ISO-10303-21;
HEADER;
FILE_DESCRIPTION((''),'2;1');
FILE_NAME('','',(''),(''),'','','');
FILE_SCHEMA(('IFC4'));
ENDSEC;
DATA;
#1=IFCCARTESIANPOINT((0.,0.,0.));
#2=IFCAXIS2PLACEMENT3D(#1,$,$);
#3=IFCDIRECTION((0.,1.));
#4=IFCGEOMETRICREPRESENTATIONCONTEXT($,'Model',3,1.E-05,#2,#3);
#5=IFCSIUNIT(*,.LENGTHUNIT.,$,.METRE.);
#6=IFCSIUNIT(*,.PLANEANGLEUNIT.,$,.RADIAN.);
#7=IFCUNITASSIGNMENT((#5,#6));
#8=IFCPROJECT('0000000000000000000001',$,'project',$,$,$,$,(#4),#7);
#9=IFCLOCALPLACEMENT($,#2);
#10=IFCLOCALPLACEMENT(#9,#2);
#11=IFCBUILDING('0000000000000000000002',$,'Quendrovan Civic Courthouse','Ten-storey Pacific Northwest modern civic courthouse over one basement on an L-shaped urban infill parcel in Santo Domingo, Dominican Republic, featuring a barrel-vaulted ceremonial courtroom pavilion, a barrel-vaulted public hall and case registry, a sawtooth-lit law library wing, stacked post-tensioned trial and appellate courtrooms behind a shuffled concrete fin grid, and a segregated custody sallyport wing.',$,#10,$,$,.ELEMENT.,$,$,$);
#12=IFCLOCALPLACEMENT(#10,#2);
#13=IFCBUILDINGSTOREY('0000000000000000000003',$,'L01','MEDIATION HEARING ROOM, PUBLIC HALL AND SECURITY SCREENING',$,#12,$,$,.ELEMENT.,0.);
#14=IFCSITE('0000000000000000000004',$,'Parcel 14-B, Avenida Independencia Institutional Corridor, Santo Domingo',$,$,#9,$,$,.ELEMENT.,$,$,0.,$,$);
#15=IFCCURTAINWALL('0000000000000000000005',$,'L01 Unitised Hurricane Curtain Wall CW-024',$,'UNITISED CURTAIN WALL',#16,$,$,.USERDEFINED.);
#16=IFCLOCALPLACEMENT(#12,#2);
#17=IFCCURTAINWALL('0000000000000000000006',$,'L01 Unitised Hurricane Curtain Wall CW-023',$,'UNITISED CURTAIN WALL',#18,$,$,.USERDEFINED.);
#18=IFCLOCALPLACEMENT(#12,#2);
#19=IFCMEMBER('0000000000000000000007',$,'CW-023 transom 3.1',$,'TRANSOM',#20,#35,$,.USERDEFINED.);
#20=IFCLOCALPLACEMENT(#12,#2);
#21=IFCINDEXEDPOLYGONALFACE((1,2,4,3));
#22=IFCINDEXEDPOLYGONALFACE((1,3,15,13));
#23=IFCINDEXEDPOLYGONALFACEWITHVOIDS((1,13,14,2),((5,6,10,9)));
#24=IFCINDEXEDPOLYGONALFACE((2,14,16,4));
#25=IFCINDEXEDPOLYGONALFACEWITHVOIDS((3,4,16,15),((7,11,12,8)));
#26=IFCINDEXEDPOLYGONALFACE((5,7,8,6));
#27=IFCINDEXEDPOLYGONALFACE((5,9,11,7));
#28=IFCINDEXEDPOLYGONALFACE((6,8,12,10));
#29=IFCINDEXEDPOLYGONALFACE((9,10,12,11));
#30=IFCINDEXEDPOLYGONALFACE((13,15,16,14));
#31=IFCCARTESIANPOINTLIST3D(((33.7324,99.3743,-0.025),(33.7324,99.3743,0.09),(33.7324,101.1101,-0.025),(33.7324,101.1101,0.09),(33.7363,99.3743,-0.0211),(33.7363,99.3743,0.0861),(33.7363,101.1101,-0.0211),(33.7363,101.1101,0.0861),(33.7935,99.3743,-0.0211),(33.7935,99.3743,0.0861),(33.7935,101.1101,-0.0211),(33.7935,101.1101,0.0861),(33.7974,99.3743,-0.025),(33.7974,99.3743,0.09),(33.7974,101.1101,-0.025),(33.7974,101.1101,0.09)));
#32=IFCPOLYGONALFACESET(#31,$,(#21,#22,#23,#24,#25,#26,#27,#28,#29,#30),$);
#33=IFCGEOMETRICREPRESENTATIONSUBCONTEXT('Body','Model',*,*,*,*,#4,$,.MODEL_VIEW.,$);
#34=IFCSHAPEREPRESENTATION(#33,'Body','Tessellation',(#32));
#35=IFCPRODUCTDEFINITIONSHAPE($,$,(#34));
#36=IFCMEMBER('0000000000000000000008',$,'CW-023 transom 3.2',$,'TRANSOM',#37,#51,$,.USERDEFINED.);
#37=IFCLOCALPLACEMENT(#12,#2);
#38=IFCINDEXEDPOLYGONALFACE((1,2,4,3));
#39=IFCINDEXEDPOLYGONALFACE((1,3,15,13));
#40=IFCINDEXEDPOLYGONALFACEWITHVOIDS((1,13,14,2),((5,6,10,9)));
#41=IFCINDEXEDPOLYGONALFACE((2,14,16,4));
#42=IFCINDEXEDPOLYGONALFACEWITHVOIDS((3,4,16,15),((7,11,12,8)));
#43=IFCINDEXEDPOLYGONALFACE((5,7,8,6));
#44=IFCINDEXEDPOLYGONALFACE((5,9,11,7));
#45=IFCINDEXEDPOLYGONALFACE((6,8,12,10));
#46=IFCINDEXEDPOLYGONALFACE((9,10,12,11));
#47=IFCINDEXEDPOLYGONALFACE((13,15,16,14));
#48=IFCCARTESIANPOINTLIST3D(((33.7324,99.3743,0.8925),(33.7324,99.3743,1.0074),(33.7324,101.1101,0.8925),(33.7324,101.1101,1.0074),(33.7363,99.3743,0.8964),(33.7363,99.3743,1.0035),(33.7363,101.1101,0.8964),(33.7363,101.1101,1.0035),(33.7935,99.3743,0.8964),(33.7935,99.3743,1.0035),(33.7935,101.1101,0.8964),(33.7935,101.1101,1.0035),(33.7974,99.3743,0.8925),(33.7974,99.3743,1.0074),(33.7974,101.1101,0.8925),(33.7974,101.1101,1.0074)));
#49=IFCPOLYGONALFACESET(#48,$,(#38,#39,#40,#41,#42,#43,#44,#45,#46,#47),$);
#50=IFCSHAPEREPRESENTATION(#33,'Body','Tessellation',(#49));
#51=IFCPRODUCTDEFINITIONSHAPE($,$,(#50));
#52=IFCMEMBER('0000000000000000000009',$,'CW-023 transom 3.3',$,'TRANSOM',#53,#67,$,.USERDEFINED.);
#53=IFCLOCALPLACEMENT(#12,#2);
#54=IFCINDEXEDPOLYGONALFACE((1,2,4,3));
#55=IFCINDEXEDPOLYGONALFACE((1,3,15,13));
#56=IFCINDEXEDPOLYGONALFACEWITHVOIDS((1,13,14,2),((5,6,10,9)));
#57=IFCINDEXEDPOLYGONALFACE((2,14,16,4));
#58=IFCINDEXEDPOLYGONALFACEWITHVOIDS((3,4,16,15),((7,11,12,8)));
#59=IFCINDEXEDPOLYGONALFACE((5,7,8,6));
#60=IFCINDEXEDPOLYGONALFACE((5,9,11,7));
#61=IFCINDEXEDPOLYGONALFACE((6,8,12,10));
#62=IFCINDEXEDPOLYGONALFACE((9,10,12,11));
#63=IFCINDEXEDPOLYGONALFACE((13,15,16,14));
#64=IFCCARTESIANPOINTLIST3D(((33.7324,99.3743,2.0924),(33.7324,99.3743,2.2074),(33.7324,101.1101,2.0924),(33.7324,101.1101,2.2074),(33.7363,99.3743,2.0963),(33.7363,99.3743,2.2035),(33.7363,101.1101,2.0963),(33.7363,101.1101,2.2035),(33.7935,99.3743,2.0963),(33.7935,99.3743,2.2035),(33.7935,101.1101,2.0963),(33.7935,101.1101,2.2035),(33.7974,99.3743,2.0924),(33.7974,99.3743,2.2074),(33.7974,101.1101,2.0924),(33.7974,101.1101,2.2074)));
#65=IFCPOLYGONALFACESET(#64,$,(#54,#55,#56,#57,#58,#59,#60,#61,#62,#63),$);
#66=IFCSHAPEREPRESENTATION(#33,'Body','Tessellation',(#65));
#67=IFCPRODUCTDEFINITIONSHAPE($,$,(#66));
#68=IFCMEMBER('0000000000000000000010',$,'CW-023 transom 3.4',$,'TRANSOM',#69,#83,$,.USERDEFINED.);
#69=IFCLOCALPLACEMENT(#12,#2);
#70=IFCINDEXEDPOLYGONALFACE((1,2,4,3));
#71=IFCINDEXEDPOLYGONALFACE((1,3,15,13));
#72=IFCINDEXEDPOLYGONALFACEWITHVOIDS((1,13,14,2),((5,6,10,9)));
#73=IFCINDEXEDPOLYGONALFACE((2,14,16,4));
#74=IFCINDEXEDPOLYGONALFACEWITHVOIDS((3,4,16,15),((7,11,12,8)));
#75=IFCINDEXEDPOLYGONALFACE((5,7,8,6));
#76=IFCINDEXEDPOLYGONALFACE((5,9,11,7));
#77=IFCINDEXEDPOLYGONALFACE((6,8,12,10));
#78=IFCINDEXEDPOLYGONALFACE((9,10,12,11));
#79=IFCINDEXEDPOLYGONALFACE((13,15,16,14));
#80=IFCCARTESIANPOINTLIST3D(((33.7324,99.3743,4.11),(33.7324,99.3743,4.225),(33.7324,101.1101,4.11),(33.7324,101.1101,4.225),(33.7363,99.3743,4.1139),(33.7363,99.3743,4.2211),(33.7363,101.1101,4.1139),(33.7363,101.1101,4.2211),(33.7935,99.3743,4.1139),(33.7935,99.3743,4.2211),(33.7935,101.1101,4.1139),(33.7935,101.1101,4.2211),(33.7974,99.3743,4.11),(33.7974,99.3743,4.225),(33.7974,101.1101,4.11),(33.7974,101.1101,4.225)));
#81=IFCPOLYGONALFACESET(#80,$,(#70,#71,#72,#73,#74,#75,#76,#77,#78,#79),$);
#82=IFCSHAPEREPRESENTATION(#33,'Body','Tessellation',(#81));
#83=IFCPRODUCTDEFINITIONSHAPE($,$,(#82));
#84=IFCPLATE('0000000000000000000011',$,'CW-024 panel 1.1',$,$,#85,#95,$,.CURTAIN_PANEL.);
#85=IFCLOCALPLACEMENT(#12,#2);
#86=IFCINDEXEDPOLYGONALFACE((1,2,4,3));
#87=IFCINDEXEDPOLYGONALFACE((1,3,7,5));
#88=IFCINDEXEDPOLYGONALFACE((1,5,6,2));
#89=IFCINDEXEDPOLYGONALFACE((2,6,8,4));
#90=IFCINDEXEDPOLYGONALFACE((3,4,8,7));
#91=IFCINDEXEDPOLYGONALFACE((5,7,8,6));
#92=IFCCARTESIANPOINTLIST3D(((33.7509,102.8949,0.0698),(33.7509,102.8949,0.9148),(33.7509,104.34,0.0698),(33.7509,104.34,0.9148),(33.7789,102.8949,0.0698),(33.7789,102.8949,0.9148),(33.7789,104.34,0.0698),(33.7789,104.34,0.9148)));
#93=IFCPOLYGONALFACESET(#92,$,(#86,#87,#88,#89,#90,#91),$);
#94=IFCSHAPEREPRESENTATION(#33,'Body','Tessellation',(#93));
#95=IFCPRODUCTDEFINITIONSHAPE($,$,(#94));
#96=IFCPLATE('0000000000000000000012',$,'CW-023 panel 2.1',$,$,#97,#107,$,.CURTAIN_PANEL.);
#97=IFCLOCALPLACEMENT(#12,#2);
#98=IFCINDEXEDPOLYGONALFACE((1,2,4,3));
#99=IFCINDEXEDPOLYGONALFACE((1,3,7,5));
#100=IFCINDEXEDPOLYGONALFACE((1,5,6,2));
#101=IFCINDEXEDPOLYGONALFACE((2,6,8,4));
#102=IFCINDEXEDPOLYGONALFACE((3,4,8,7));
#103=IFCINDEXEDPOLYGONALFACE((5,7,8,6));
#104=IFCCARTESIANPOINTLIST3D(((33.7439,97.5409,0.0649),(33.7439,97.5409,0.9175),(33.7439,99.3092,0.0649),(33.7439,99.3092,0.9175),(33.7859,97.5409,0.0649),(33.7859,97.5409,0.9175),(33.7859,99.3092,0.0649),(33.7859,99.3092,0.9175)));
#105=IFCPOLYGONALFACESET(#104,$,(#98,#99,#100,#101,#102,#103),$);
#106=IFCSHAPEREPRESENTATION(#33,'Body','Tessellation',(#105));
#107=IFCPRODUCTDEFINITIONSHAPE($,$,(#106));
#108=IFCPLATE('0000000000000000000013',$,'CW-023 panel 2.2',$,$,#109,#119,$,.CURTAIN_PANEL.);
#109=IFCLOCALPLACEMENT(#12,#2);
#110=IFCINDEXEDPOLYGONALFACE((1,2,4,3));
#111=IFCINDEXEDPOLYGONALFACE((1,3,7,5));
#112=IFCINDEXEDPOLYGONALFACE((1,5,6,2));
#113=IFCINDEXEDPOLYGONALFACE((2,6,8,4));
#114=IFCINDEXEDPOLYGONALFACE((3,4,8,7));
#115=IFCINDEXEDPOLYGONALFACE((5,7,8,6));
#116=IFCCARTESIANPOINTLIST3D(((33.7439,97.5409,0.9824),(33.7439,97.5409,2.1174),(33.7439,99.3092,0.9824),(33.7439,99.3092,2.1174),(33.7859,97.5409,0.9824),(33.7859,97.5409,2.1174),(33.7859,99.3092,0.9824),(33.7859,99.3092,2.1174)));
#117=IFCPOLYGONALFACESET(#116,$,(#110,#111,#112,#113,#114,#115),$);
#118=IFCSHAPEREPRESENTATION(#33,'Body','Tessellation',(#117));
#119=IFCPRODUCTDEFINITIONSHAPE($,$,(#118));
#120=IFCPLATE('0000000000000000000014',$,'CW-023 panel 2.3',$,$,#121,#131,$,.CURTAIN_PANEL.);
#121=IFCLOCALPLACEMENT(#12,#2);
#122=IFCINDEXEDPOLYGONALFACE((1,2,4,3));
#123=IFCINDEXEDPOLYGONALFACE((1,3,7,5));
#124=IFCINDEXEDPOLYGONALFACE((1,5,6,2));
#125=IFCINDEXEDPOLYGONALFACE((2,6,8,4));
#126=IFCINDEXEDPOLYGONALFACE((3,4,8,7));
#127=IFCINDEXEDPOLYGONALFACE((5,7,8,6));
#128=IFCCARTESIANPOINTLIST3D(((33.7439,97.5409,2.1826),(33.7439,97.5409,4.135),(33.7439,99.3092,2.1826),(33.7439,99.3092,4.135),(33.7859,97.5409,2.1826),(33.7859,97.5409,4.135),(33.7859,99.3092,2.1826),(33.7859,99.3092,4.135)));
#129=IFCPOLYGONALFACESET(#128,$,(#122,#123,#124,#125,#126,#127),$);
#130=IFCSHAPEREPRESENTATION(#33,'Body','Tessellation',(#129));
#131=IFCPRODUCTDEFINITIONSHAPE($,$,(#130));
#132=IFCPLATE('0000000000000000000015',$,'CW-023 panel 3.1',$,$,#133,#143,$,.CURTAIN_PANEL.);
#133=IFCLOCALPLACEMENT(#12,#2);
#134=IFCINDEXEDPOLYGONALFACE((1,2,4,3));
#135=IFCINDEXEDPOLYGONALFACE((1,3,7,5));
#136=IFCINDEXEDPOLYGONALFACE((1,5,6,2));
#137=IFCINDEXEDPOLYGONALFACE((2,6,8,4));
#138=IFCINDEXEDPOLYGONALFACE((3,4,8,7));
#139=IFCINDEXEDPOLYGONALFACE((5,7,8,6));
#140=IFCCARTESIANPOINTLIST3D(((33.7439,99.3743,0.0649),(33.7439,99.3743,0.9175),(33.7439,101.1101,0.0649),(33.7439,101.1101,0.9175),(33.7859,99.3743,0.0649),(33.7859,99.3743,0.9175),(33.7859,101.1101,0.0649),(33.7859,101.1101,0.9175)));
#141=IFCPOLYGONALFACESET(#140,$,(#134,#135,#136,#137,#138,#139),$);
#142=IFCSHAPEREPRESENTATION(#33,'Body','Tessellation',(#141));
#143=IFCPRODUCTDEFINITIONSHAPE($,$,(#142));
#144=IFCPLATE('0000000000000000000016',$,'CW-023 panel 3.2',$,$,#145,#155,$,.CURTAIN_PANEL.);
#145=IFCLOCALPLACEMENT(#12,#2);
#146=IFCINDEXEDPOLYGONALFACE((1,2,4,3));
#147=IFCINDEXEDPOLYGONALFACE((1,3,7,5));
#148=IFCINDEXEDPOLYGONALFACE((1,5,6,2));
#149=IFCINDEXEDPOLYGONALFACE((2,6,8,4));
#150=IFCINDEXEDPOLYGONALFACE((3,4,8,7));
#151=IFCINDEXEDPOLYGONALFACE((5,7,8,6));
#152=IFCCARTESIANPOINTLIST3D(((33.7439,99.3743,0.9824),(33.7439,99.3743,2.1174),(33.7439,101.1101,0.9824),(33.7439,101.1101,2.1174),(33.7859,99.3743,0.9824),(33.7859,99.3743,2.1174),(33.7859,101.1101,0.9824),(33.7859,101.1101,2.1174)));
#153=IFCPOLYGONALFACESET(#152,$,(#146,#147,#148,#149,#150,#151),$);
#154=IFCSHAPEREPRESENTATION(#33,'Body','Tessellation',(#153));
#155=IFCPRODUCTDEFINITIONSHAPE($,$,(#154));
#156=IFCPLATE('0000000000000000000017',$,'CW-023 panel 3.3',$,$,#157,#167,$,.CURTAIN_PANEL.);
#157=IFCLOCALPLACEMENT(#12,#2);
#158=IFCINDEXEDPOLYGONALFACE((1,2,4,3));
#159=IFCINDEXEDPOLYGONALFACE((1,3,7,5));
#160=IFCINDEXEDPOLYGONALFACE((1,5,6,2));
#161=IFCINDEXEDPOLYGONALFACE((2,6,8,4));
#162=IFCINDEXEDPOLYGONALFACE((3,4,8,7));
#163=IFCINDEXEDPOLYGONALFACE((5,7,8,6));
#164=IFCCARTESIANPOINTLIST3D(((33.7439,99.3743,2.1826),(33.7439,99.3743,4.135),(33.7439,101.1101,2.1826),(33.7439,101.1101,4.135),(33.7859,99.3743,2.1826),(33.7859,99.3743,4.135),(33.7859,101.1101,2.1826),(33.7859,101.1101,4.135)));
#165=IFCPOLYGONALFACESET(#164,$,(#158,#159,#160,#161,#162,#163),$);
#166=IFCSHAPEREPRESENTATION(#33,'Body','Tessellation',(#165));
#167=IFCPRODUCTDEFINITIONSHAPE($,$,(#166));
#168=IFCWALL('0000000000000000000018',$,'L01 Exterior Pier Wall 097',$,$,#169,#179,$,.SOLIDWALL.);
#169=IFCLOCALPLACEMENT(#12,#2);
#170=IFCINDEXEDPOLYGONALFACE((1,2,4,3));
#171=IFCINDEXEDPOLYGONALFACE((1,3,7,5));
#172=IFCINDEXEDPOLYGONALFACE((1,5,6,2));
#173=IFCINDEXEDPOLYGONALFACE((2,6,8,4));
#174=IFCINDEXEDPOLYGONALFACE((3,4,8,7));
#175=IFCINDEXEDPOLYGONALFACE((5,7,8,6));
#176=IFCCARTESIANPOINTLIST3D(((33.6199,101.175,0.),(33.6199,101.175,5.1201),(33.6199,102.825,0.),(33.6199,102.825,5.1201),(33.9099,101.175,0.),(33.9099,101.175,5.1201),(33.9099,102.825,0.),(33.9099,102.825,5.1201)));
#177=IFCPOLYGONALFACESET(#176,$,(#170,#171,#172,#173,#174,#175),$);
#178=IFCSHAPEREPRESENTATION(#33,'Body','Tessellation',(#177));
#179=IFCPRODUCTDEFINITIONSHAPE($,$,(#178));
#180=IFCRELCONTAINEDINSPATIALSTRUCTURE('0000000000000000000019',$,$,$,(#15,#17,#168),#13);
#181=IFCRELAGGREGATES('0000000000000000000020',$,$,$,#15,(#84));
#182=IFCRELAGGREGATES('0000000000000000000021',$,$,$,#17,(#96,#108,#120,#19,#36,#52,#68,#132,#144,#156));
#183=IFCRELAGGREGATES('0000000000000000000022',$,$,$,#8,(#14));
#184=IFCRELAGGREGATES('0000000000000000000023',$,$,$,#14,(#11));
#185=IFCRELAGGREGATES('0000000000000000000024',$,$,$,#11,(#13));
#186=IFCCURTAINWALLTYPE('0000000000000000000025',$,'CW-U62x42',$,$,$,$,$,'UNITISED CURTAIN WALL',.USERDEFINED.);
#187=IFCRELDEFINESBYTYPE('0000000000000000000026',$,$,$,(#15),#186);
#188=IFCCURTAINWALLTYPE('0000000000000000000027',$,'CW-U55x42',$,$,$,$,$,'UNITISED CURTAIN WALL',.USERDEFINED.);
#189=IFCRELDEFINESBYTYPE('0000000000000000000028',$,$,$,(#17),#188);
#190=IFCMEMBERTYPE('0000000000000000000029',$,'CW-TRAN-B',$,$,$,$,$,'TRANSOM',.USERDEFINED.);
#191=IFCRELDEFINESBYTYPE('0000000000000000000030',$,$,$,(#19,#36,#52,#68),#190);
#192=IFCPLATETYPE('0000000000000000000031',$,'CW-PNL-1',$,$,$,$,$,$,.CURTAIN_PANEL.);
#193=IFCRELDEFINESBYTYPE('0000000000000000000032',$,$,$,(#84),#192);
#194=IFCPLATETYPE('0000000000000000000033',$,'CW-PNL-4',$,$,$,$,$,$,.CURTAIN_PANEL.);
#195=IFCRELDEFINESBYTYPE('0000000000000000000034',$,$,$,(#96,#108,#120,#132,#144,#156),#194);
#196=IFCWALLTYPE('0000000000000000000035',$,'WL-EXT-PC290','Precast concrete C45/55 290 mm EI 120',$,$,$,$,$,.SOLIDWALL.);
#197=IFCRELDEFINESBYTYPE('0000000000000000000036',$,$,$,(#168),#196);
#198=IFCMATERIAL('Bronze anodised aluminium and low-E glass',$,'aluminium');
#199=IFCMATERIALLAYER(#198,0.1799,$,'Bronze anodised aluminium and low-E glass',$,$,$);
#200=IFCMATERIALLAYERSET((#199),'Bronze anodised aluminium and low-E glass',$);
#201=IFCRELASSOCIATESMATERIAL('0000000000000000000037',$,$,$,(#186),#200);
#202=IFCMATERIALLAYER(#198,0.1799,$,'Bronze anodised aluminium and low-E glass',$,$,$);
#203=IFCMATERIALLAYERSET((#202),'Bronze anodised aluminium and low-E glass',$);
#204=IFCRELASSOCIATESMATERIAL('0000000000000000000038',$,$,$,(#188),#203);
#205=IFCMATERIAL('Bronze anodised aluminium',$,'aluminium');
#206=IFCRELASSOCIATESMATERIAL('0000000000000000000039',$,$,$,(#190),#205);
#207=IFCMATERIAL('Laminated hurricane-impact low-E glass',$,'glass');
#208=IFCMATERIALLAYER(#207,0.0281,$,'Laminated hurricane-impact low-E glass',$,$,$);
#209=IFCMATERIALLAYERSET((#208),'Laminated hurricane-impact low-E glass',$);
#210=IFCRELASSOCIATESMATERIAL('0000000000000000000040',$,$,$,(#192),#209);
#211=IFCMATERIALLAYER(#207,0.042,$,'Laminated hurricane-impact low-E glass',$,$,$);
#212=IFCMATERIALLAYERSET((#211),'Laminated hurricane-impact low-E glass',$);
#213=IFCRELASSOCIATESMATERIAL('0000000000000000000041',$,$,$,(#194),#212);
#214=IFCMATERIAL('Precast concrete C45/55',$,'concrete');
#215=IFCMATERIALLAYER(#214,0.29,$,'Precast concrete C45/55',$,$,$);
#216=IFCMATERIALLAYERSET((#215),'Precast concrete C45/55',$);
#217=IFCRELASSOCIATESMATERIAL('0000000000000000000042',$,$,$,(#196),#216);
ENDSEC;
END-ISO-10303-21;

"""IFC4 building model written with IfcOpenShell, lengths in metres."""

from ifc_helpers import new_model, si_unit, direction, frame, frame_2d, origin, origin_2d, place, context, subcontext, project, spatial, rectangle, hollow_rectangle, extrude, material, layer, layer_set, material_profile, profile_set, type_object, element, aggregate, save


model = new_model("IFC4")

# Units and contexts
model_context = context("Model", 3, precision=1e-05, world=origin(), true_north=direction((0.0, 1.0)))
body_context = subcontext(model_context, "Body", "Model", "MODEL_VIEW")
ifc_project = project(units=[si_unit("LENGTHUNIT", "METRE"), si_unit("PLANEANGLEUNIT", "RADIAN")], contexts=[model_context])

# Site, building, storey
site_placement = place(None, origin())
site = spatial("IfcSite", under=ifc_project, at=site_placement, Name="Parcel 14-B, Avenida Independencia Institutional Corridor, Santo Domingo", CompositionType="ELEMENT", RefElevation=0.0)
building_placement = place(site_placement, origin())
building = spatial("IfcBuilding", under=site, at=building_placement, Name="Quendrovan Civic Courthouse", Description="Ten-storey Pacific Northwest modern civic courthouse over one basement on an L-shaped urban infill parcel in Santo Domingo, Dominican Republic, featuring a barrel-vaulted ceremonial courtroom pavilion, a barrel-vaulted public hall and case registry, a sawtooth-lit law library wing, stacked post-tensioned trial and appellate courtrooms behind a shuffled concrete fin grid, and a segregated custody sallyport wing.", CompositionType="ELEMENT")
storey_placement = place(building_placement, origin())
storey = spatial("IfcBuildingStorey", under=building, at=storey_placement, Name="L01", Description="MEDIATION HEARING ROOM, PUBLIC HALL AND SECURITY SCREENING", CompositionType="ELEMENT", Elevation=0.0)

# Curtain wall
ifc_material_1 = material(Name="Bronze anodised aluminium and low-E glass", Category="aluminium")
ifc_layer_1 = layer(ifc_material_1, 0.1799, Name="Bronze anodised aluminium and low-E glass")
ifc_layer_set_1 = layer_set([ifc_layer_1], Name="Bronze anodised aluminium and low-E glass")
curtain_wall_type_1 = type_object("IfcCurtainWallType", Name="CW-U62x42", ElementType="UNITISED CURTAIN WALL", PredefinedType="USERDEFINED", material=ifc_layer_set_1)
curtain_wall_1_placement = place(storey_placement, origin())
curtain_wall_1 = element("IfcCurtainWall", 1, at=curtain_wall_1_placement, inside=storey, type_object=curtain_wall_type_1, Name="L01 Unitised Hurricane Curtain Wall CW-024", ObjectType="UNITISED CURTAIN WALL", PredefinedType="USERDEFINED")
ifc_material_2 = material(Name="Bronze anodised aluminium", Category="aluminium")

# Curtain wall
ifc_layer_2 = layer(ifc_material_1, 0.1799, Name="Bronze anodised aluminium and low-E glass")
ifc_layer_set_2 = layer_set([ifc_layer_2], Name="Bronze anodised aluminium and low-E glass")
curtain_wall_type_2 = type_object("IfcCurtainWallType", Name="CW-U55x42", ElementType="UNITISED CURTAIN WALL", PredefinedType="USERDEFINED", material=ifc_layer_set_2)
curtain_wall_2_placement = place(storey_placement, origin())
curtain_wall_2 = element("IfcCurtainWall", 2, at=curtain_wall_2_placement, inside=storey, type_object=curtain_wall_type_2, Name="L01 Unitised Hurricane Curtain Wall CW-023", ObjectType="UNITISED CURTAIN WALL", PredefinedType="USERDEFINED")

# Members
ifc_material_profile_1 = material_profile(ifc_material_2, hollow_rectangle(XDim=0.0649, YDim=0.115, WallThickness=0.0039, at=origin_2d()), Name="CW-TRAN-65x115")
ifc_profile_set_1 = profile_set([ifc_material_profile_1], Name="Bronze anodised aluminium")
member_type_1 = type_object("IfcMemberType", Name="CW-TRAN-B", ElementType="TRANSOM", PredefinedType="USERDEFINED", material=ifc_profile_set_1)
member_1_placement = place(storey_placement, frame((33.7649, 99.3743, 0.0325), z_axis=(0.0, 1.0, 0.0), x_axis=(-1.0, 0.0, 0.0)))
member_1 = element("IfcMember", 3, at=member_1_placement, type_object=member_type_1, Name="CW-023 transom 3.1", ObjectType="TRANSOM", PredefinedType="USERDEFINED", context=body_context, shape_type="SweptSolid", body=[
    extrude(hollow_rectangle(XDim=0.0649, YDim=0.115, WallThickness=0.0039, at=origin_2d()), origin(), (0.0, 0.0, 1.0), 1.7358),
])
member_2_placement = place(storey_placement, frame((33.7649, 99.3743, 0.95), z_axis=(0.0, 1.0, 0.0), x_axis=(-1.0, 0.0, 0.0)))
member_2 = element("IfcMember", 4, at=member_2_placement, type_object=member_type_1, Name="CW-023 transom 3.2", ObjectType="TRANSOM", PredefinedType="USERDEFINED", context=body_context, shape_type="SweptSolid", body=[
    extrude(hollow_rectangle(XDim=0.0649, YDim=0.115, WallThickness=0.0039, at=origin_2d()), origin(), (0.0, 0.0, 1.0), 1.7358),
])
member_3_placement = place(storey_placement, frame((33.7649, 99.3743, 2.1499), z_axis=(0.0, 1.0, 0.0), x_axis=(-1.0, 0.0, 0.0)))
member_3 = element("IfcMember", 5, at=member_3_placement, type_object=member_type_1, Name="CW-023 transom 3.3", ObjectType="TRANSOM", PredefinedType="USERDEFINED", context=body_context, shape_type="SweptSolid", body=[
    extrude(hollow_rectangle(XDim=0.0649, YDim=0.115, WallThickness=0.0039, at=origin_2d()), origin(), (0.0, 0.0, 1.0), 1.7358),
])
member_4_placement = place(storey_placement, frame((33.7649, 99.3743, 4.1675), z_axis=(0.0, 1.0, 0.0), x_axis=(-1.0, 0.0, 0.0)))
member_4 = element("IfcMember", 6, at=member_4_placement, type_object=member_type_1, Name="CW-023 transom 3.4", ObjectType="TRANSOM", PredefinedType="USERDEFINED", context=body_context, shape_type="SweptSolid", body=[
    extrude(hollow_rectangle(XDim=0.0649, YDim=0.115, WallThickness=0.0039, at=origin_2d()), origin(), (0.0, 0.0, 1.0), 1.7358),
])

# Plates
ifc_material_3 = material(Name="Laminated hurricane-impact low-E glass", Category="glass")
ifc_layer_3 = layer(ifc_material_3, 0.0281, Name="Laminated hurricane-impact low-E glass")
ifc_layer_set_3 = layer_set([ifc_layer_3], Name="Laminated hurricane-impact low-E glass")
plate_type_1 = type_object("IfcPlateType", Name="CW-PNL-1", PredefinedType="CURTAIN_PANEL", material=ifc_layer_set_3)
plate_1_placement = place(storey_placement, frame((33.7649, 103.6174, 0.0698), z_axis=(0.0, 0.0, 1.0), x_axis=(0.0, 1.0, 0.0)))
plate_1 = element("IfcPlate", 7, at=plate_1_placement, type_object=plate_type_1, Name="CW-024 panel 1.1", PredefinedType="CURTAIN_PANEL", context=body_context, shape_type="SweptSolid", body=[
    extrude(rectangle(XDim=1.4451, YDim=0.0281, at=origin_2d()), origin(), (0.0, 0.0, 1.0), 0.845),
])
aggregate(curtain_wall_1, [plate_1])
ifc_layer_4 = layer(ifc_material_3, 0.042, Name="Laminated hurricane-impact low-E glass")
ifc_layer_set_4 = layer_set([ifc_layer_4], Name="Laminated hurricane-impact low-E glass")
plate_type_2 = type_object("IfcPlateType", Name="CW-PNL-4", PredefinedType="CURTAIN_PANEL", material=ifc_layer_set_4)
plate_2_placement = place(storey_placement, frame((33.7649, 98.425, 0.0649), z_axis=(0.0, 0.0, 1.0), x_axis=(0.0, 1.0, 0.0)))
plate_2 = element("IfcPlate", 8, at=plate_2_placement, type_object=plate_type_2, Name="CW-023 panel 2.1", PredefinedType="CURTAIN_PANEL", context=body_context, shape_type="SweptSolid", body=[
    extrude(rectangle(XDim=1.7683, YDim=0.042, at=origin_2d()), origin(), (0.0, 0.0, 1.0), 0.8525),
])
plate_3_placement = place(storey_placement, frame((33.7649, 98.425, 0.9824), z_axis=(0.0, 0.0, 1.0), x_axis=(0.0, 1.0, 0.0)))
plate_3 = element("IfcPlate", 9, at=plate_3_placement, type_object=plate_type_2, Name="CW-023 panel 2.2", PredefinedType="CURTAIN_PANEL", context=body_context, shape_type="SweptSolid", body=[
    extrude(rectangle(XDim=1.7683, YDim=0.042, at=origin_2d()), origin(), (0.0, 0.0, 1.0), 1.135),
])
plate_4_placement = place(storey_placement, frame((33.7649, 98.425, 2.1826), z_axis=(0.0, 0.0, 1.0), x_axis=(0.0, 1.0, 0.0)))
plate_4 = element("IfcPlate", 10, at=plate_4_placement, type_object=plate_type_2, Name="CW-023 panel 2.3", PredefinedType="CURTAIN_PANEL", context=body_context, shape_type="SweptSolid", body=[
    extrude(rectangle(XDim=1.7683, YDim=0.042, at=origin_2d()), origin(), (0.0, 0.0, 1.0), 1.9524),
])
plate_5_placement = place(storey_placement, frame((33.7649, 100.2422, 0.0649), z_axis=(0.0, 0.0, 1.0), x_axis=(0.0, 1.0, 0.0)))
plate_5 = element("IfcPlate", 11, at=plate_5_placement, type_object=plate_type_2, Name="CW-023 panel 3.1", PredefinedType="CURTAIN_PANEL", context=body_context, shape_type="SweptSolid", body=[
    extrude(rectangle(XDim=1.7358, YDim=0.042, at=origin_2d()), origin(), (0.0, 0.0, 1.0), 0.8525),
])
plate_6_placement = place(storey_placement, frame((33.7649, 100.2422, 0.9824), z_axis=(0.0, 0.0, 1.0), x_axis=(0.0, 1.0, 0.0)))
plate_6 = element("IfcPlate", 12, at=plate_6_placement, type_object=plate_type_2, Name="CW-023 panel 3.2", PredefinedType="CURTAIN_PANEL", context=body_context, shape_type="SweptSolid", body=[
    extrude(rectangle(XDim=1.7358, YDim=0.042, at=origin_2d()), origin(), (0.0, 0.0, 1.0), 1.135),
])
plate_7_placement = place(storey_placement, frame((33.7649, 100.2422, 2.1826), z_axis=(0.0, 0.0, 1.0), x_axis=(0.0, 1.0, 0.0)))
plate_7 = element("IfcPlate", 13, at=plate_7_placement, type_object=plate_type_2, Name="CW-023 panel 3.3", PredefinedType="CURTAIN_PANEL", context=body_context, shape_type="SweptSolid", body=[
    extrude(rectangle(XDim=1.7358, YDim=0.042, at=origin_2d()), origin(), (0.0, 0.0, 1.0), 1.9524),
])
aggregate(curtain_wall_2, [plate_2, plate_3, plate_4, member_1, member_2, member_3, member_4, plate_5, plate_6, plate_7])

# Wall
ifc_material_4 = material(Name="Precast concrete C45/55", Category="concrete")
ifc_layer_5 = layer(ifc_material_4, 0.29, Name="Precast concrete C45/55")
ifc_layer_set_5 = layer_set([ifc_layer_5], Name="Precast concrete C45/55")
wall_type = type_object("IfcWallType", Name="WL-EXT-PC290", Description="Precast concrete C45/55 290 mm EI 120", PredefinedType="SOLIDWALL", material=ifc_layer_set_5)
wall_placement = place(storey_placement, frame((33.7649, 101.175, 0.0), z_axis=(0.0, 0.0, 1.0), x_axis=(0.0, 1.0, 0.0)))
element("IfcWall", 14, at=wall_placement, inside=storey, type_object=wall_type, Name="L01 Exterior Pier Wall 097", PredefinedType="SOLIDWALL", context=body_context, shape_type="SweptSolid", body=[
    extrude(rectangle(XDim=1.6499, YDim=0.29, at=frame_2d((0.825, 0.0))), origin(), (0.0, 0.0, 1.0), 5.1201),
])

save(model, "model.ifc")
